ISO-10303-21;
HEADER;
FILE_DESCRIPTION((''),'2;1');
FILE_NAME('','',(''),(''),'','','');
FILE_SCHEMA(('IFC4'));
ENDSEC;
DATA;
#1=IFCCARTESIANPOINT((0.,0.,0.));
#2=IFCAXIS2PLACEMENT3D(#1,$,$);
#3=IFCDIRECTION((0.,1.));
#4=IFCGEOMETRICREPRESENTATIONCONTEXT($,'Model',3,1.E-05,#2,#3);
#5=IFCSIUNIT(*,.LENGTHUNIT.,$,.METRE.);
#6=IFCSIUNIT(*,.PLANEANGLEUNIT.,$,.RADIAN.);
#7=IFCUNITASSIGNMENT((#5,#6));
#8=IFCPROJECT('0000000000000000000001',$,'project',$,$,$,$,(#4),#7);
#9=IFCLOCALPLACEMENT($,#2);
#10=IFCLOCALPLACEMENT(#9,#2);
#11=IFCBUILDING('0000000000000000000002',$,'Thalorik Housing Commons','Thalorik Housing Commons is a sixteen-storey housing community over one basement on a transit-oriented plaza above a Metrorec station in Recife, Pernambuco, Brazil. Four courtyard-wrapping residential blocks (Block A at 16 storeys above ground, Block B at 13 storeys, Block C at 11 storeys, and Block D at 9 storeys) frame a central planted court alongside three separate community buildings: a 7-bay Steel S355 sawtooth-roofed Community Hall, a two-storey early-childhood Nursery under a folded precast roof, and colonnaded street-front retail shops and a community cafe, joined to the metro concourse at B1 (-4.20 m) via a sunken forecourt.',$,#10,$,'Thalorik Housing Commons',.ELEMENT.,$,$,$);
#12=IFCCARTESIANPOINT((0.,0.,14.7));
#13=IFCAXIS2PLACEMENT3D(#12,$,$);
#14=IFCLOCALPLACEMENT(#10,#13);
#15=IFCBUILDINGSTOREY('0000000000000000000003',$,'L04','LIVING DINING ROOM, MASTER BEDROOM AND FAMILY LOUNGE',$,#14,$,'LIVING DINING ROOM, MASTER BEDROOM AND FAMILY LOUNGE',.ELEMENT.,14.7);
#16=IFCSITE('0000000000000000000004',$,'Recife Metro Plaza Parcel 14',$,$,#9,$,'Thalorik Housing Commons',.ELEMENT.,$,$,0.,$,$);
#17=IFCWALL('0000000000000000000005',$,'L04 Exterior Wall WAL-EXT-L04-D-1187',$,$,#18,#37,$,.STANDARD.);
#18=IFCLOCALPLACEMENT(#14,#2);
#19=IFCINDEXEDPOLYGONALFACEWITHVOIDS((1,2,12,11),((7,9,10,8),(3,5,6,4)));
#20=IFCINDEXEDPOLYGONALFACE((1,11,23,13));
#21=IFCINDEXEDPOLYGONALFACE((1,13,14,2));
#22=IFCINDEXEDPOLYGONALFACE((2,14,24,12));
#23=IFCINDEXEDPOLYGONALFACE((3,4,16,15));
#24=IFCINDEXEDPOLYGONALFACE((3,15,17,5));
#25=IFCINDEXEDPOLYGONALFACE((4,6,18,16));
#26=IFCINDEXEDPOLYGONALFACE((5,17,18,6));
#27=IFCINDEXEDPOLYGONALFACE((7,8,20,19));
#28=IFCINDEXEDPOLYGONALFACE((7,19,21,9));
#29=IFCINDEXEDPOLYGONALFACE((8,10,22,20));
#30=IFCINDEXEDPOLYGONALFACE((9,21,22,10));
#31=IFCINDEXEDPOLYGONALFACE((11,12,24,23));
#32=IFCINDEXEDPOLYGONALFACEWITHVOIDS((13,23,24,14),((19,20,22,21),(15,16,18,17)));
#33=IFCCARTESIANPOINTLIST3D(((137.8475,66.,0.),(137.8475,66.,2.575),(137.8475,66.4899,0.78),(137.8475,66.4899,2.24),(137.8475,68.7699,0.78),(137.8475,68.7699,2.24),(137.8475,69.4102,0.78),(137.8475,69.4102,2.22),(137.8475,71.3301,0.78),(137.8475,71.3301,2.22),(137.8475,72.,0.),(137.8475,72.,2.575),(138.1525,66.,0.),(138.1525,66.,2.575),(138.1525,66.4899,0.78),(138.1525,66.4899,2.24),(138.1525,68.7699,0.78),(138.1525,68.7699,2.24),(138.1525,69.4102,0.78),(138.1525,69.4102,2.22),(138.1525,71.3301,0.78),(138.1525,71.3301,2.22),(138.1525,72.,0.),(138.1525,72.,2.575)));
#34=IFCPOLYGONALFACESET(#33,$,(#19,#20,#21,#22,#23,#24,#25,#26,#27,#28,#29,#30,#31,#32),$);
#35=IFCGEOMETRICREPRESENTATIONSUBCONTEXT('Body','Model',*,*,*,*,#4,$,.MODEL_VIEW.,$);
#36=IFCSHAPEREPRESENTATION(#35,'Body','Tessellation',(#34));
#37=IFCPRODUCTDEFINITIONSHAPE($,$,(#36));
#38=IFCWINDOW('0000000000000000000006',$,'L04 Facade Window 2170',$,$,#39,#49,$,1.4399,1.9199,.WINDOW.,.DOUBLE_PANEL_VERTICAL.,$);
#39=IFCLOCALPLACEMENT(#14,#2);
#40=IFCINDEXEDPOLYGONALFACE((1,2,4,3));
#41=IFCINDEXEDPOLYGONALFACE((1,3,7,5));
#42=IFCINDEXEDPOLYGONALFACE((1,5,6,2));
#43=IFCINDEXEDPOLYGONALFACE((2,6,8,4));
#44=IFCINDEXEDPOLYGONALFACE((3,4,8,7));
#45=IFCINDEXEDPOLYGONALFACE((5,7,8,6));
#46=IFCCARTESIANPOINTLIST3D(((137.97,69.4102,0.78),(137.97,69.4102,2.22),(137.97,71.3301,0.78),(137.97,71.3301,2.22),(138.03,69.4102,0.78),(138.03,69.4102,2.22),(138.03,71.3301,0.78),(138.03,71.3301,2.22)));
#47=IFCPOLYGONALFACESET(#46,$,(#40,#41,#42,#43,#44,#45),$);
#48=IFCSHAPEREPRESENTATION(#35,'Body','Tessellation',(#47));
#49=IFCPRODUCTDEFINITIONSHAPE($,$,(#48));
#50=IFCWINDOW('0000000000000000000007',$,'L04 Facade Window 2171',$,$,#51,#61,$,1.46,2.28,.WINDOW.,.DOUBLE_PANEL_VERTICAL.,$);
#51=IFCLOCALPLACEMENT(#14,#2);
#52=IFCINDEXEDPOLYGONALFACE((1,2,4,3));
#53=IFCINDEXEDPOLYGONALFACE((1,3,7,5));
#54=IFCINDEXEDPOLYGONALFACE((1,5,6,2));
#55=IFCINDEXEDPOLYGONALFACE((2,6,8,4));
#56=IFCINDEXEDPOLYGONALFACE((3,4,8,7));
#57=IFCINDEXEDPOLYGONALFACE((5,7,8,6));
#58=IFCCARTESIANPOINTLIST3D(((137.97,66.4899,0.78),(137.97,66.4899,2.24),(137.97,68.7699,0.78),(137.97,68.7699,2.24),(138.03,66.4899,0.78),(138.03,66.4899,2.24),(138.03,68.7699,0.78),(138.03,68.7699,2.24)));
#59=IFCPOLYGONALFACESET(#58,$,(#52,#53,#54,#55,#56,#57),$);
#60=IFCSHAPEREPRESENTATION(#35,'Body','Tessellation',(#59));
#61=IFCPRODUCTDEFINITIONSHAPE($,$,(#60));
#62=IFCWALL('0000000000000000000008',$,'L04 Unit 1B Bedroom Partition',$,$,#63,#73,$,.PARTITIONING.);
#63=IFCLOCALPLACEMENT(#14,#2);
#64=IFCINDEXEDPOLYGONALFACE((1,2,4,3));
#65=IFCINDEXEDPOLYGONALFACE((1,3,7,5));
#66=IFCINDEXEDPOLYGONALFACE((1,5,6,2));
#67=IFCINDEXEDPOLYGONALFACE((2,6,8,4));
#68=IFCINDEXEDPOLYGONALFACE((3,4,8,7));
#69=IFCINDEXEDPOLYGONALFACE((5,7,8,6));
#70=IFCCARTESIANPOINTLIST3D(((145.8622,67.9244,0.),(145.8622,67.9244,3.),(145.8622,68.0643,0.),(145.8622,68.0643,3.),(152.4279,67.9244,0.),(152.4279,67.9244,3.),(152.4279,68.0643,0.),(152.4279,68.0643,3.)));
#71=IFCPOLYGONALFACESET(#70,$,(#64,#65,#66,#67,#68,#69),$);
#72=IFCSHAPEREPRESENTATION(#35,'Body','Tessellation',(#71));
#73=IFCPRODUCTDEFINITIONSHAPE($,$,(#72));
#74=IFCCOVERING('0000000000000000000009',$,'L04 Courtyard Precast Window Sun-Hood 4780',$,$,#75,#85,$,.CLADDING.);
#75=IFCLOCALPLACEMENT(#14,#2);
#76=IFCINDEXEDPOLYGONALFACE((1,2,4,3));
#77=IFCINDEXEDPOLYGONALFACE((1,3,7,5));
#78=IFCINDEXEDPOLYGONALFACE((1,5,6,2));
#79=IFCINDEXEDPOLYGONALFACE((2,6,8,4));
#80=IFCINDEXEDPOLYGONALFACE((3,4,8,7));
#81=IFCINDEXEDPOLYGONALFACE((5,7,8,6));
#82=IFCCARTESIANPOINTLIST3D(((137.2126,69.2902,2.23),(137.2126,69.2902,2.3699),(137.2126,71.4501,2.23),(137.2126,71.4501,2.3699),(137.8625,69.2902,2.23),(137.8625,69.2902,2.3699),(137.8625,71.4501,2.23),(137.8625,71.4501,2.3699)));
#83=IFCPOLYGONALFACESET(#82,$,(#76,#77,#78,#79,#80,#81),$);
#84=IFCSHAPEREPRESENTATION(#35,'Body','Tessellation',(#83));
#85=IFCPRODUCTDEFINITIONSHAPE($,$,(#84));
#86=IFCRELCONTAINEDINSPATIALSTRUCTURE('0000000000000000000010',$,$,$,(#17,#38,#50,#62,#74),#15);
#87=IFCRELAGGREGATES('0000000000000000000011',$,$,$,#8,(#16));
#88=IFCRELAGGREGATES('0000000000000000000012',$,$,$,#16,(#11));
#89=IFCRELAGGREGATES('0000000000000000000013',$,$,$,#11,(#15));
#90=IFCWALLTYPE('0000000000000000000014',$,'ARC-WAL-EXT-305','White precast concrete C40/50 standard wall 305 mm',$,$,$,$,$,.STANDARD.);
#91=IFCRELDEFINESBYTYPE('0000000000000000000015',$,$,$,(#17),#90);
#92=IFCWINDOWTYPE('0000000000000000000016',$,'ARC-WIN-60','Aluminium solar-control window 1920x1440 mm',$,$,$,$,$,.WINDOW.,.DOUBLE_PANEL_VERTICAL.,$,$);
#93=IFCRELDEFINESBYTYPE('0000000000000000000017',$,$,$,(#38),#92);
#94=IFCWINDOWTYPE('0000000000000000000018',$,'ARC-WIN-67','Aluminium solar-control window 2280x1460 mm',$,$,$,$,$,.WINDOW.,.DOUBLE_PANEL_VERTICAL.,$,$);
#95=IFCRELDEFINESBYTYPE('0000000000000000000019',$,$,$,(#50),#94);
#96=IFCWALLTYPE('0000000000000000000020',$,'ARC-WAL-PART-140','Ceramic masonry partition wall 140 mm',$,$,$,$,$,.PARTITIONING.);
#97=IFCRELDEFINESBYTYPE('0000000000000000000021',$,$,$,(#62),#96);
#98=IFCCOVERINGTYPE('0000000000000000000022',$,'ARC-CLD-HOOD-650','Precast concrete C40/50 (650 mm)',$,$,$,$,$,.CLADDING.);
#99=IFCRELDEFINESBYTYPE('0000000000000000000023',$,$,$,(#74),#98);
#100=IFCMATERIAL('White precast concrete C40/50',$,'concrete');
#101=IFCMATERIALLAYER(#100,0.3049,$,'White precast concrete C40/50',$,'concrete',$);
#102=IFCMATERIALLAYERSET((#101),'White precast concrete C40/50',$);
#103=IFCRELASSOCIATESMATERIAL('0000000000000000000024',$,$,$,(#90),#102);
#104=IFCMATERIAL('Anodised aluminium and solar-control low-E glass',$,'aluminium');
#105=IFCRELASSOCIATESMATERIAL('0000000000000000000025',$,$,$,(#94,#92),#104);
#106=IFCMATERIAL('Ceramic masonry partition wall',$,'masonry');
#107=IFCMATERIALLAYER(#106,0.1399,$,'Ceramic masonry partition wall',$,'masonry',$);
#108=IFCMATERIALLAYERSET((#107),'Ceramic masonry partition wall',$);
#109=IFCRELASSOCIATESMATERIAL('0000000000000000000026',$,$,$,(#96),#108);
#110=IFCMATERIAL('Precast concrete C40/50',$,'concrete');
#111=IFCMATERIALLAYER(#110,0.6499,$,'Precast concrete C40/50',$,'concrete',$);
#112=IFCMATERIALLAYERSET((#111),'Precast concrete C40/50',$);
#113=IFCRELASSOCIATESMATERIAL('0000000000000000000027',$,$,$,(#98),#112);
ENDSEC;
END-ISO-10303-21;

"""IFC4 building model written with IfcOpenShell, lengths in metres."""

from ifc_helpers import new_model, si_unit, direction, frame, frame_2d, origin, origin_2d, place, context, subcontext, project, spatial, rectangle, extrude, material, layer, layer_set, type_object, element, fill, save


model = new_model("IFC4")

# Units and contexts
model_context = context("Model", 3, precision=1e-05, world=origin(), true_north=direction((0.0, 1.0)))
body_context = subcontext(model_context, "Body", "Model", "MODEL_VIEW")
ifc_project = project(units=[si_unit("LENGTHUNIT", "METRE"), si_unit("PLANEANGLEUNIT", "RADIAN")], contexts=[model_context])

# Site, building, storey
site_placement = place(None, origin())
site = spatial("IfcSite", under=ifc_project, at=site_placement, Name="Recife Metro Plaza Parcel 14", LongName="Thalorik Housing Commons", CompositionType="ELEMENT", RefElevation=0.0)
building_placement = place(site_placement, origin())
building = spatial("IfcBuilding", under=site, at=building_placement, Name="Thalorik Housing Commons", Description="Thalorik Housing Commons is a sixteen-storey housing community over one basement on a transit-oriented plaza above a Metrorec station in Recife, Pernambuco, Brazil. Four courtyard-wrapping residential blocks (Block A at 16 storeys above ground, Block B at 13 storeys, Block C at 11 storeys, and Block D at 9 storeys) frame a central planted court alongside three separate community buildings: a 7-bay Steel S355 sawtooth-roofed Community Hall, a two-storey early-childhood Nursery under a folded precast roof, and colonnaded street-front retail shops and a community cafe, joined to the metro concourse at B1 (-4.20 m) via a sunken forecourt.", LongName="Thalorik Housing Commons", CompositionType="ELEMENT")
storey_placement = place(building_placement, frame((0.0, 0.0, 14.7)))
storey = spatial("IfcBuildingStorey", under=building, at=storey_placement, Name="L04", Description="LIVING DINING ROOM, MASTER BEDROOM AND FAMILY LOUNGE", LongName="LIVING DINING ROOM, MASTER BEDROOM AND FAMILY LOUNGE", CompositionType="ELEMENT", Elevation=14.7)

# Shared definitions
ifc_material_1 = material(Name="Precast concrete C40/50", Category="concrete")

# Wall, openings, windows
ifc_material_2 = material(Name="White precast concrete C40/50", Category="concrete")
ifc_layer_1 = layer(ifc_material_2, 0.3049, Name="White precast concrete C40/50", Category="concrete")
ifc_layer_set_1 = layer_set([ifc_layer_1], Name="White precast concrete C40/50")
wall_type_1 = type_object("IfcWallType", Name="ARC-WAL-EXT-305", Description="White precast concrete C40/50 standard wall 305 mm", PredefinedType="STANDARD", material=ifc_layer_set_1)
ifc_material_3 = material(Name="Anodised aluminium and solar-control low-E glass", Category="aluminium")
window_type_1 = type_object("IfcWindowType", Name="ARC-WIN-67", Description="Aluminium solar-control window 2280x1460 mm", PartitioningType="DOUBLE_PANEL_VERTICAL", PredefinedType="WINDOW", material=ifc_material_3)
wall_1_placement = place(storey_placement, frame((138.0, 72.0, 0.0), z_axis=(0.0, 0.0, 1.0), x_axis=(0.0, -1.0, 0.0)))
wall_1 = element("IfcWall", 1, at=wall_1_placement, inside=storey, type_object=wall_type_1, Name="L04 Exterior Wall WAL-EXT-L04-D-1187", PredefinedType="STANDARD", context=body_context, shape_type="SweptSolid", body=[
    extrude(rectangle(XDim=6.0, YDim=0.3049, at=frame_2d((3.0, 0.0))), origin(), (0.0, 0.0, 1.0), 2.575),
])
opening_1_placement = place(wall_1_placement, frame((0.6699, 0.0, 0.78)))
opening_1 = element("IfcOpeningElement", 2, at=opening_1_placement, cuts=wall_1, PredefinedType="OPENING", context=body_context, shape_type="SweptSolid", body=[
    extrude(rectangle(XDim=1.9199, YDim=1.4399, at=frame_2d((0.96, 0.72))), frame((0.0, 0.1626, 0.0), z_axis=(0.0, -1.0, 0.0), x_axis=(1.0, 0.0, 0.0)), (0.0, 0.0, 1.0), 0.325),
])
opening_2_placement = place(wall_1_placement, frame((3.23, 0.0, 0.78)))
opening_2 = element("IfcOpeningElement", 3, at=opening_2_placement, cuts=wall_1, PredefinedType="OPENING", context=body_context, shape_type="SweptSolid", body=[
    extrude(rectangle(XDim=2.28, YDim=1.46, at=frame_2d((1.1401, 0.73))), frame((0.0, 0.1626, 0.0), z_axis=(0.0, -1.0, 0.0), x_axis=(1.0, 0.0, 0.0)), (0.0, 0.0, 1.0), 0.325),
])
window_type_2 = type_object("IfcWindowType", Name="ARC-WIN-60", Description="Aluminium solar-control window 1920x1440 mm", PartitioningType="DOUBLE_PANEL_VERTICAL", PredefinedType="WINDOW", material=ifc_material_3)
window_1_placement = place(opening_1_placement, origin())
window_1 = element("IfcWindow", 4, at=window_1_placement, inside=storey, type_object=window_type_2, Name="L04 Facade Window 2170", OverallHeight=1.4399, OverallWidth=1.9199, PartitioningType="DOUBLE_PANEL_VERTICAL", PredefinedType="WINDOW", context=body_context, shape_type="SweptSolid", body=[
    extrude(rectangle(XDim=1.9199, YDim=1.4399, at=frame_2d((0.96, 0.72))), frame((0.0, 0.03, 0.0), z_axis=(0.0, -1.0, 0.0), x_axis=(1.0, 0.0, 0.0)), (0.0, 0.0, 1.0), 0.0601),
])
fill(opening_1, window_1)
window_2_placement = place(opening_2_placement, origin())
window_2 = element("IfcWindow", 5, at=window_2_placement, inside=storey, type_object=window_type_1, Name="L04 Facade Window 2171", OverallHeight=1.46, OverallWidth=2.28, PartitioningType="DOUBLE_PANEL_VERTICAL", PredefinedType="WINDOW", context=body_context, shape_type="SweptSolid", body=[
    extrude(rectangle(XDim=2.28, YDim=1.46, at=frame_2d((1.1401, 0.73))), frame((0.0, 0.03, 0.0), z_axis=(0.0, -1.0, 0.0), x_axis=(1.0, 0.0, 0.0)), (0.0, 0.0, 1.0), 0.0601),
])
fill(opening_2, window_2)

# Wall
ifc_material_4 = material(Name="Ceramic masonry partition wall", Category="masonry")
ifc_layer_2 = layer(ifc_material_4, 0.1399, Name="Ceramic masonry partition wall", Category="masonry")
ifc_layer_set_2 = layer_set([ifc_layer_2], Name="Ceramic masonry partition wall")
wall_type_2 = type_object("IfcWallType", Name="ARC-WAL-PART-140", Description="Ceramic masonry partition wall 140 mm", PredefinedType="PARTITIONING", material=ifc_layer_set_2)
wall_2_placement = place(storey_placement, frame((145.8623, 67.9944, 0.0), z_axis=(0.0, 0.0, 1.0), x_axis=(1.0, 0.0, 0.0)))
element("IfcWall", 6, at=wall_2_placement, inside=storey, type_object=wall_type_2, Name="L04 Unit 1B Bedroom Partition", PredefinedType="PARTITIONING", context=body_context, shape_type="SweptSolid", body=[
    extrude(rectangle(XDim=6.5657, YDim=0.1399, at=frame_2d((3.2827, 0.0))), origin(), (0.0, 0.0, 1.0), 3.0),
])

# Covering
ifc_layer_3 = layer(ifc_material_1, 0.6499, Name="Precast concrete C40/50", Category="concrete")
ifc_layer_set_3 = layer_set([ifc_layer_3], Name="Precast concrete C40/50")
covering_type = type_object("IfcCoveringType", Name="ARC-CLD-HOOD-650", Description="Precast concrete C40/50 (650 mm)", PredefinedType="CLADDING", material=ifc_layer_set_3)
covering_placement = place(storey_placement, frame((137.5376, 70.3701, 2.23), z_axis=(0.0, 0.0, 1.0), x_axis=(0.0, -1.0, 0.0)))
element("IfcCovering", 7, at=covering_placement, inside=storey, type_object=covering_type, Name="L04 Courtyard Precast Window Sun-Hood 4780", PredefinedType="CLADDING", context=body_context, shape_type="SweptSolid", body=[
    extrude(rectangle(XDim=2.1599, YDim=0.6499, at=origin_2d()), origin(), (0.0, 0.0, 1.0), 0.1399),
])

save(model, "model.ifc")
